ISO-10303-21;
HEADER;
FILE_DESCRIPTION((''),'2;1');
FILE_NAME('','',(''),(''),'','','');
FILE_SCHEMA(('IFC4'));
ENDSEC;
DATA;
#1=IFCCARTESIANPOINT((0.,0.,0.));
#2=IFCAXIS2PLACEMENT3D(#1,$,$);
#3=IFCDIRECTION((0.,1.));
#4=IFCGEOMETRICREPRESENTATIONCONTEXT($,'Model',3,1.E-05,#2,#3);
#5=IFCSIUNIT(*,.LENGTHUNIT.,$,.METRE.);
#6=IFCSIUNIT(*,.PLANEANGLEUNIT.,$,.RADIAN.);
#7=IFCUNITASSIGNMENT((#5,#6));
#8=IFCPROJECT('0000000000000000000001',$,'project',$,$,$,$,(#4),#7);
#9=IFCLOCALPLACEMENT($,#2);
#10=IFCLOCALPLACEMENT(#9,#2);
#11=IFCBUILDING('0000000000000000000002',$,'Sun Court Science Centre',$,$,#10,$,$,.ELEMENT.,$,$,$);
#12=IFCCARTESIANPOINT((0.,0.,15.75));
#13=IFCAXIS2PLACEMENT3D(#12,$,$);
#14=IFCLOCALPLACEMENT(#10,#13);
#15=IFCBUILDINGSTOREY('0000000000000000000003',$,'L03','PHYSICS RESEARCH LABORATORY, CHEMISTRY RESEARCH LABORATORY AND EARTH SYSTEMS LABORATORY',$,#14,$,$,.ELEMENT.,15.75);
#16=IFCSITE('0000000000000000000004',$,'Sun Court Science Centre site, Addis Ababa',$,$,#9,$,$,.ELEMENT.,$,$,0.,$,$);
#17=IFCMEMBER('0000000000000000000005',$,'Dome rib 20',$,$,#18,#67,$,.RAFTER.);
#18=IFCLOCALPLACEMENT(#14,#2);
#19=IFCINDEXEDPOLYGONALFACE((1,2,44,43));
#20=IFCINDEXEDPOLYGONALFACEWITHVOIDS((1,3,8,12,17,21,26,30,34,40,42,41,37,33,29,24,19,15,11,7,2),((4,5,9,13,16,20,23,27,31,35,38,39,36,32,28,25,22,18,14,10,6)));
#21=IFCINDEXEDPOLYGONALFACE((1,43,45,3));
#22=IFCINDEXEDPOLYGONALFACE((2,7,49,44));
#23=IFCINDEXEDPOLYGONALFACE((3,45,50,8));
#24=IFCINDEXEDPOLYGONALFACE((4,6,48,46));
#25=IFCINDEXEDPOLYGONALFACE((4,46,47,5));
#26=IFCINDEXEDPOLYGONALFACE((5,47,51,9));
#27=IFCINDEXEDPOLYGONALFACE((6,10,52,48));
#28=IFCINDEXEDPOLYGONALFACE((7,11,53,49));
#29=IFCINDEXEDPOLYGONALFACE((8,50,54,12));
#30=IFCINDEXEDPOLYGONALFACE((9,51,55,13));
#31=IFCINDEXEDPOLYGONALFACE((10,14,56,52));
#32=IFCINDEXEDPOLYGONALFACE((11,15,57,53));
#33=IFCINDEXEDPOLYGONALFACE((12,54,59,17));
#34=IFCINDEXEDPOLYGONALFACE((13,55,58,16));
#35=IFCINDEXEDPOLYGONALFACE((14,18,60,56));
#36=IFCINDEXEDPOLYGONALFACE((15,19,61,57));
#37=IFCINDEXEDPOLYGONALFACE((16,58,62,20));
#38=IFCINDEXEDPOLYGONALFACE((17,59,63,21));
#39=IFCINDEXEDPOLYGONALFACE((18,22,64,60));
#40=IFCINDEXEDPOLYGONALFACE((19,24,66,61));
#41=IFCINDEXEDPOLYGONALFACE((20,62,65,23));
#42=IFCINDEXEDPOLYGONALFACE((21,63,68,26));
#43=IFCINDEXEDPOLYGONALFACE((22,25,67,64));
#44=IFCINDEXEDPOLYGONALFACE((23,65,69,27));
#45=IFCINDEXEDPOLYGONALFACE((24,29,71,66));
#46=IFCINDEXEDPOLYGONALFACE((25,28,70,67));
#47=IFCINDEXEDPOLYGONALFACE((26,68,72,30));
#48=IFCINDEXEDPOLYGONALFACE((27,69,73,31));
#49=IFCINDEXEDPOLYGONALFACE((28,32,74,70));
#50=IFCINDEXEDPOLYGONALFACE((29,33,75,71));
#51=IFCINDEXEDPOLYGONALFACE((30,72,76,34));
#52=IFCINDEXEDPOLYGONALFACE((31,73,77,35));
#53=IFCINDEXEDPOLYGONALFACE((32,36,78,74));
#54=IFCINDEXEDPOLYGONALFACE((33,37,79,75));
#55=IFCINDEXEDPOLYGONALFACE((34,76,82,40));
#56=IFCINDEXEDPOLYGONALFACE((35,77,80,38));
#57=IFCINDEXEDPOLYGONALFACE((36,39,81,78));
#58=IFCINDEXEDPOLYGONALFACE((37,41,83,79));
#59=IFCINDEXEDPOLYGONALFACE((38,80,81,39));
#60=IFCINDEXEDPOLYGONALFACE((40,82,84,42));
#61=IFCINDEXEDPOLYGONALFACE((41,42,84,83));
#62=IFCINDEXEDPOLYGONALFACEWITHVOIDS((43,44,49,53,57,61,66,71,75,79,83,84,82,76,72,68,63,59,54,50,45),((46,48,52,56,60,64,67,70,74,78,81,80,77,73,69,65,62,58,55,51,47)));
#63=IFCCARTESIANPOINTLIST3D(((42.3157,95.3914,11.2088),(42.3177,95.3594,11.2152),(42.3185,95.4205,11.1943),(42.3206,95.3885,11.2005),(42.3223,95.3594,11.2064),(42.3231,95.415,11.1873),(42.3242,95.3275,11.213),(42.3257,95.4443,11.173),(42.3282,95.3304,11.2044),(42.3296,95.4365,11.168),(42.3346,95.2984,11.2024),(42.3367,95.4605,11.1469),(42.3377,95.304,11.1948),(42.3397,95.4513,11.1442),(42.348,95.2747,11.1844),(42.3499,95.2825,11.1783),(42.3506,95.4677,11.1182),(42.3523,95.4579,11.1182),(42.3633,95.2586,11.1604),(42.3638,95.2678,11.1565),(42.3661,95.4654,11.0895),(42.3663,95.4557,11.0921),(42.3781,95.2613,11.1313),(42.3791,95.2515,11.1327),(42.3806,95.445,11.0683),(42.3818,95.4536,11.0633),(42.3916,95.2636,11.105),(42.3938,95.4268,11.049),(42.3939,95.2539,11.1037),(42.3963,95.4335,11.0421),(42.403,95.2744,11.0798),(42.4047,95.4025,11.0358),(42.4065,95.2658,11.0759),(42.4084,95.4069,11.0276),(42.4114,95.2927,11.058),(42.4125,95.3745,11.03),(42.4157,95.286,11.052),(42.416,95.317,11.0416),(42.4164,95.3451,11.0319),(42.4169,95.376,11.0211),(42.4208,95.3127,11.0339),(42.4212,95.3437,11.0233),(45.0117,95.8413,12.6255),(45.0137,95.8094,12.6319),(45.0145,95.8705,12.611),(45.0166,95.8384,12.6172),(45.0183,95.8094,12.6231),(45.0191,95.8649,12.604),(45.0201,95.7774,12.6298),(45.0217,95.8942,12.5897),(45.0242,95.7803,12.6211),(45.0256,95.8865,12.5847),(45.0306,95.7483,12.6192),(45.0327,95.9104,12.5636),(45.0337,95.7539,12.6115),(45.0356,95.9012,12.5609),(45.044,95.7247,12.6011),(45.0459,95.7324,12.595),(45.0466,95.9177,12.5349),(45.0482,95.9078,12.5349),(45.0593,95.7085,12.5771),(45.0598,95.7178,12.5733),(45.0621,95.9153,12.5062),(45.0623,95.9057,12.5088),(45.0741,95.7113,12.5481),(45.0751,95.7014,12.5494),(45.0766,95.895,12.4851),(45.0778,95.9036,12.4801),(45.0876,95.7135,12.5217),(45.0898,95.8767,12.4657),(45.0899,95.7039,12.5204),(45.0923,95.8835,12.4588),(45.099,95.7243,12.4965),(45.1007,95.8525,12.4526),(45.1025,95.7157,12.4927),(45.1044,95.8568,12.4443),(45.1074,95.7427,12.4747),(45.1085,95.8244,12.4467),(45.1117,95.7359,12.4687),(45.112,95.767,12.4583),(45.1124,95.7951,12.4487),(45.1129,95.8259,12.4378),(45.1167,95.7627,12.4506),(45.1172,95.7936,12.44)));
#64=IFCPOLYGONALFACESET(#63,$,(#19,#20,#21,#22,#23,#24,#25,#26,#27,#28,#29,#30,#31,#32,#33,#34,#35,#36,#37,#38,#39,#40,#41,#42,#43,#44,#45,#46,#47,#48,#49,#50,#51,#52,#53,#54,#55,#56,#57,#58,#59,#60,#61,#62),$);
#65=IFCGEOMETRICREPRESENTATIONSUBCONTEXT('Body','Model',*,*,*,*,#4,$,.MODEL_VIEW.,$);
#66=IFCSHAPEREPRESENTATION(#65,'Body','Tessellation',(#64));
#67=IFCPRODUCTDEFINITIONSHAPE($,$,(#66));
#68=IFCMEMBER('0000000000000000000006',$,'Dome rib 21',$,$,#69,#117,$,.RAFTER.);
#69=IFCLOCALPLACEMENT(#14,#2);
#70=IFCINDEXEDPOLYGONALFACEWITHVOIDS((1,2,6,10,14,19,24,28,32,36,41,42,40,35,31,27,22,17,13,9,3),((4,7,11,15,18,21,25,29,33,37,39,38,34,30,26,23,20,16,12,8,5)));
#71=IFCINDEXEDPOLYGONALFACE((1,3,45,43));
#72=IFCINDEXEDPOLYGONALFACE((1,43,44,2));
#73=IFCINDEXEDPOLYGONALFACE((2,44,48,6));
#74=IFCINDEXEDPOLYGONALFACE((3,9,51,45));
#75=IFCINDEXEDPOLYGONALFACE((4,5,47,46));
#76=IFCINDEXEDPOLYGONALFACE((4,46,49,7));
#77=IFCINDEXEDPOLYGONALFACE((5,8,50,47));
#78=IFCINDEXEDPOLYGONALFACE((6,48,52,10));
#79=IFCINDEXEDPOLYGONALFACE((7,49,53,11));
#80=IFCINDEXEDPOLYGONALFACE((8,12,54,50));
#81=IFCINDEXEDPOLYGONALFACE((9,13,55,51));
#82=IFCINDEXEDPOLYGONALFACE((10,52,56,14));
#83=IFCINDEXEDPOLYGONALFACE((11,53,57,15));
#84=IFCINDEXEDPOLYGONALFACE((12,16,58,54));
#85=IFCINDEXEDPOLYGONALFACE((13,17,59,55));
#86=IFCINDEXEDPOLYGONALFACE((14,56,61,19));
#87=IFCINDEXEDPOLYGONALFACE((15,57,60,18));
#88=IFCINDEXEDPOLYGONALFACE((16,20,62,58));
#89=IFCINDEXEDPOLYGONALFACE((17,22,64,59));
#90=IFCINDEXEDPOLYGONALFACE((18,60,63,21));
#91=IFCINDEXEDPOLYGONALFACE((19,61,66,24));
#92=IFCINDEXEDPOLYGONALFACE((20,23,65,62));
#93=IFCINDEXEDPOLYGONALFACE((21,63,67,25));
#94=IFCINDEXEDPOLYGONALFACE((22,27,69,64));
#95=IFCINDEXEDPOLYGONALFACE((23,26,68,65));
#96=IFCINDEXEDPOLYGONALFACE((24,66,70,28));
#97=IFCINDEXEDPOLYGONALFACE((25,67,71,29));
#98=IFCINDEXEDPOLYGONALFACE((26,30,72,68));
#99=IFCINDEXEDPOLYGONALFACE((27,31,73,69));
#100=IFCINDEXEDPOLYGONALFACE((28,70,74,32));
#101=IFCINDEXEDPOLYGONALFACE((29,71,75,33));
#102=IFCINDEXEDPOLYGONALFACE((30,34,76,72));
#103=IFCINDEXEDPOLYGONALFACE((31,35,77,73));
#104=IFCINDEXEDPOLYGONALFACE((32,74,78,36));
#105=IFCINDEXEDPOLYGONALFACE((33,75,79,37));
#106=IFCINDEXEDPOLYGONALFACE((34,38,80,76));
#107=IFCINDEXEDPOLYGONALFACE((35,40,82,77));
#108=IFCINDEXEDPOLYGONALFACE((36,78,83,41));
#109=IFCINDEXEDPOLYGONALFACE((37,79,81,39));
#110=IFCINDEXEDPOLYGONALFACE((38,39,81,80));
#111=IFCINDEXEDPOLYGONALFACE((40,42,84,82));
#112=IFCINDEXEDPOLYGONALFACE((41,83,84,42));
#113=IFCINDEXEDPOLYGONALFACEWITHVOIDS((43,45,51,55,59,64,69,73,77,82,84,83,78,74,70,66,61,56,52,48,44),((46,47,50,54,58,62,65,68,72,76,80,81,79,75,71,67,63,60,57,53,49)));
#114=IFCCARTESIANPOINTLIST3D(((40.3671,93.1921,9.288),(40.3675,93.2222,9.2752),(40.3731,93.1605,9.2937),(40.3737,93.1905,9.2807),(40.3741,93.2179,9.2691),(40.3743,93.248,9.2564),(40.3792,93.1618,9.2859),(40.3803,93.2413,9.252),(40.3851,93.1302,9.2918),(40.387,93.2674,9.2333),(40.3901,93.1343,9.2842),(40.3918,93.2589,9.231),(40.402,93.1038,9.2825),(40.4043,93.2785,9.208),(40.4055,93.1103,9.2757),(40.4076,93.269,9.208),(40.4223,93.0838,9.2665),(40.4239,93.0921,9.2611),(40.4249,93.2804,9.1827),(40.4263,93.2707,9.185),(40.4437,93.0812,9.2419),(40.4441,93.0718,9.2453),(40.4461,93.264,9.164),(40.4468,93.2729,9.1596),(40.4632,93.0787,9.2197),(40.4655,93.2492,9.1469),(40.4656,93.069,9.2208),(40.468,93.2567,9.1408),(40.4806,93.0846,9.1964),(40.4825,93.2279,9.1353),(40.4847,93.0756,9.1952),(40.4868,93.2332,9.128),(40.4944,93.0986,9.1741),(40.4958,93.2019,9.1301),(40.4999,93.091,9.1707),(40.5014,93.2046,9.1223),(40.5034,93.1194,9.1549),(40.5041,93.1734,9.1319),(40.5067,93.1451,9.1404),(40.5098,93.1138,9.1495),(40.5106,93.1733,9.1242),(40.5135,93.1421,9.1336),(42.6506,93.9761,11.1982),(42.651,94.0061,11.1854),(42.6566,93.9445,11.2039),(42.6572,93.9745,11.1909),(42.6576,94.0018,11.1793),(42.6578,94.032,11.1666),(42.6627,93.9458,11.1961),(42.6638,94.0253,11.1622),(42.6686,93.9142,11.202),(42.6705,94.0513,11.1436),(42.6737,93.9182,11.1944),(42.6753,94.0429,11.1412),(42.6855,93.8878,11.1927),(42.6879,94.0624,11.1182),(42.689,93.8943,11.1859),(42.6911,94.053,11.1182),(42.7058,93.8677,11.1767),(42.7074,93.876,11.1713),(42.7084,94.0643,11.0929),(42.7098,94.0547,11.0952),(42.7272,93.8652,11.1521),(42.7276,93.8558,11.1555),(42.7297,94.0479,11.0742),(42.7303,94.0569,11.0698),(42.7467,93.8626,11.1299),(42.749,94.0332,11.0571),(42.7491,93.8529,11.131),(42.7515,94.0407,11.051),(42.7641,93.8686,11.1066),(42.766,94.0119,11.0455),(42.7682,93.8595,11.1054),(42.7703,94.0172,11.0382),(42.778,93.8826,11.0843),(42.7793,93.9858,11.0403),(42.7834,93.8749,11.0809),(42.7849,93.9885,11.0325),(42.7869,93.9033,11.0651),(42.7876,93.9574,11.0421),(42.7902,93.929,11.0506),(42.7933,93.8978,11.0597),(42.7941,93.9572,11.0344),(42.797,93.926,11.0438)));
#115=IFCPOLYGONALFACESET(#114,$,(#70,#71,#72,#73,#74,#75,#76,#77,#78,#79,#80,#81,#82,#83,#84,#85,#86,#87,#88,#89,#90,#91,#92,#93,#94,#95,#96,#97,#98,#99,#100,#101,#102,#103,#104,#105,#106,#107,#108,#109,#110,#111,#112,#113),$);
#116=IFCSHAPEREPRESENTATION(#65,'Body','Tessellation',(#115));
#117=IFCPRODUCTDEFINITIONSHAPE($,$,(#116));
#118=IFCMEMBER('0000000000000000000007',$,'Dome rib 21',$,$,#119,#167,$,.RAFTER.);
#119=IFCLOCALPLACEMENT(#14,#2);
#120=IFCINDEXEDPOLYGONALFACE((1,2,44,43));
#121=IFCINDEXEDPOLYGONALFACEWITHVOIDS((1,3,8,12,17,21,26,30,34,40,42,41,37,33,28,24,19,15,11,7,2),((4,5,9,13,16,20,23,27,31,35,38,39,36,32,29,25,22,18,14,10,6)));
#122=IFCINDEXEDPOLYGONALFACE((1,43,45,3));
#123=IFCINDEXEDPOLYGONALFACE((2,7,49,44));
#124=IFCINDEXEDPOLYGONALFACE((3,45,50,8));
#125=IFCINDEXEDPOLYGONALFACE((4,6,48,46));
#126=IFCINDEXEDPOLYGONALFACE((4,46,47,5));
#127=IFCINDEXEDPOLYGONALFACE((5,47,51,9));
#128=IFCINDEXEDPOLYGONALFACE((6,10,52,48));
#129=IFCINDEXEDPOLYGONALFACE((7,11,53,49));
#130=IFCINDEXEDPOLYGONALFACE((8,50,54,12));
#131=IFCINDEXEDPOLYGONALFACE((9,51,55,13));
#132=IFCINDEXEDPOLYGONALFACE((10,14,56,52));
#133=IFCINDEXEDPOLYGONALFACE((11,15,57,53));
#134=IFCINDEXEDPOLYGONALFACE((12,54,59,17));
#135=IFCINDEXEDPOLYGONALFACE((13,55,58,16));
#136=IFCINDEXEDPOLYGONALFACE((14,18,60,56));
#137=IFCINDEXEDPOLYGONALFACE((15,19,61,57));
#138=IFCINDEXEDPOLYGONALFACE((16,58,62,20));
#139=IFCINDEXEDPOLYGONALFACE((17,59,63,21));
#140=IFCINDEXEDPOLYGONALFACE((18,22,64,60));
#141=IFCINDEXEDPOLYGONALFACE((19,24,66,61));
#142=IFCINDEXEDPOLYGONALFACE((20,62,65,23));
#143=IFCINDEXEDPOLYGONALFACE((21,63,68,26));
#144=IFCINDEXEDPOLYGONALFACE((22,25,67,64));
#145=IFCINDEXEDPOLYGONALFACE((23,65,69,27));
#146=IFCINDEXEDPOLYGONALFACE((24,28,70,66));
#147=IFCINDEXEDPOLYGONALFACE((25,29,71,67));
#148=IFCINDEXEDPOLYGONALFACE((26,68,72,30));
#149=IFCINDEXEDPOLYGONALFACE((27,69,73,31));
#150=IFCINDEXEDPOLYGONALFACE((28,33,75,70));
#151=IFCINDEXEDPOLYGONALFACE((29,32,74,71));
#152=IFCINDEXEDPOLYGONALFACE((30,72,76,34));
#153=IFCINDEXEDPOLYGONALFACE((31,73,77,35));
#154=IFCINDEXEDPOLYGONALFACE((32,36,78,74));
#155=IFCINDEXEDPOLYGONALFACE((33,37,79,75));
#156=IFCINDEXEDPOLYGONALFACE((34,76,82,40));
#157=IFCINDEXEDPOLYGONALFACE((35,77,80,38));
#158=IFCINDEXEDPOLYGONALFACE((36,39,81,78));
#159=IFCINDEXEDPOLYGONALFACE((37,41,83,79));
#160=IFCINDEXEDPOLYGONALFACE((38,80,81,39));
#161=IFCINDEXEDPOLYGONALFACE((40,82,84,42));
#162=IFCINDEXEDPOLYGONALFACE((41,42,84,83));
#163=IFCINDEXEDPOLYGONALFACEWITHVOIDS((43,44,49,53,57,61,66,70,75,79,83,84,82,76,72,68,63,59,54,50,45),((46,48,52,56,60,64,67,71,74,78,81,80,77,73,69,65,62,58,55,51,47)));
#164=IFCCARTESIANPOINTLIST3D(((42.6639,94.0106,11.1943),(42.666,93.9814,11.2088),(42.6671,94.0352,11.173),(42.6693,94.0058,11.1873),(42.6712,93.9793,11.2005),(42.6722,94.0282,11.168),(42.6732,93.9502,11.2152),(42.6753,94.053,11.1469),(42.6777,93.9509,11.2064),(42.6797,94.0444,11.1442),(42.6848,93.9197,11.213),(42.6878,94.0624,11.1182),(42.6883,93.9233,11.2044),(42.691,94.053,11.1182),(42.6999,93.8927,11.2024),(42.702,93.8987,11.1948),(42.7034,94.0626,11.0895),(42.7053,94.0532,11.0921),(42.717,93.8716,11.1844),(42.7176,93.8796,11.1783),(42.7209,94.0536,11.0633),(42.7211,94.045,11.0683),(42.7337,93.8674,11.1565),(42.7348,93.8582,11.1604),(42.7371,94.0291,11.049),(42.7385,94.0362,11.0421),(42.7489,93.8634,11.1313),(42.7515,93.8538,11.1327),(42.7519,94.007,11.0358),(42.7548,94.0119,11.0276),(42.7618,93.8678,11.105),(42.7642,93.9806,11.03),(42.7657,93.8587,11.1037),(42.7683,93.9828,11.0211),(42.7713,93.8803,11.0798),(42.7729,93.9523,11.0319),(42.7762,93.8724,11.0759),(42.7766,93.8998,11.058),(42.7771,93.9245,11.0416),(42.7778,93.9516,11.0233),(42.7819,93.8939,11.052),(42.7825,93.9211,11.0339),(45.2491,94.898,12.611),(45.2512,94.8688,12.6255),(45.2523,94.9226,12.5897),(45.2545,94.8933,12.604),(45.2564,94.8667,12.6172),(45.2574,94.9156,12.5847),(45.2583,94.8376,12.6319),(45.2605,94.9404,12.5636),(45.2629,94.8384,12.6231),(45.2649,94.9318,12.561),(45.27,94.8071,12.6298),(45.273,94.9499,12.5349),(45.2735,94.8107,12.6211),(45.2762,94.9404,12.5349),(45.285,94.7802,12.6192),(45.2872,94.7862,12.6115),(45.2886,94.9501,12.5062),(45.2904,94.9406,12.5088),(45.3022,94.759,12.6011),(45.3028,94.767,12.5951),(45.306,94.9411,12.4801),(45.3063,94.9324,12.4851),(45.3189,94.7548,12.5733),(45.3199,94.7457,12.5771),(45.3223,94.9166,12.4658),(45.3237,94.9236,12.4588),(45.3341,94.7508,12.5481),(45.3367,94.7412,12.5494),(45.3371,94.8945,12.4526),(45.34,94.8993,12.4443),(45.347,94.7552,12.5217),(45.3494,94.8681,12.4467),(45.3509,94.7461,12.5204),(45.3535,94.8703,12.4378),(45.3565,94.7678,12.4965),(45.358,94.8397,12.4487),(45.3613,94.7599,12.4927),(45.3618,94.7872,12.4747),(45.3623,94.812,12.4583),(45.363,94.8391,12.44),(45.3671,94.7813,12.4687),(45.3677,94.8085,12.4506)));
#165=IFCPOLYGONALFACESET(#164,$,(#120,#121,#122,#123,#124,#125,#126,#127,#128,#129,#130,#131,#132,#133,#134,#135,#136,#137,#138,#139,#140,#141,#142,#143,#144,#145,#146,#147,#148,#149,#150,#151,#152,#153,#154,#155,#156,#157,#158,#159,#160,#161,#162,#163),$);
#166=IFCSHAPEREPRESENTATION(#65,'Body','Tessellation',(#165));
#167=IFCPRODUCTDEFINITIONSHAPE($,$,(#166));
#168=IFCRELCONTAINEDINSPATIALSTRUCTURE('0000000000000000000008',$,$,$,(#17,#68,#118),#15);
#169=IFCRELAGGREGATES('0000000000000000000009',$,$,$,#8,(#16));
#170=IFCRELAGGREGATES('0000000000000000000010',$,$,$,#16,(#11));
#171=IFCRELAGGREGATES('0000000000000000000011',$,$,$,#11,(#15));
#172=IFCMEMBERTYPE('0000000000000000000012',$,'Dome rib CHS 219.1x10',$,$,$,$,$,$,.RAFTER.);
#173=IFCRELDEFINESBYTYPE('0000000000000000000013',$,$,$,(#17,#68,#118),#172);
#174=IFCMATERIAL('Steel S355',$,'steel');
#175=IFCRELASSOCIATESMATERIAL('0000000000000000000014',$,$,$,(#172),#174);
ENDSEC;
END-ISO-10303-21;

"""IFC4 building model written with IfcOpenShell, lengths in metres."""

from ifc_helpers import new_model, si_unit, direction, frame, origin, origin_2d, place, context, subcontext, project, spatial, hollow_circle, extrude, material, material_profile, profile_set, type_object, element, save


model = new_model("IFC4")

# Units and contexts
model_context = context("Model", 3, precision=1e-05, world=origin(), true_north=direction((0.0, 1.0)))
body_context = subcontext(model_context, "Body", "Model", "MODEL_VIEW")
ifc_project = project(units=[si_unit("LENGTHUNIT", "METRE"), si_unit("PLANEANGLEUNIT", "RADIAN")], contexts=[model_context])

# Site, building, storey
site_placement = place(None, origin())
site = spatial("IfcSite", under=ifc_project, at=site_placement, Name="Sun Court Science Centre site, Addis Ababa", CompositionType="ELEMENT", RefElevation=0.0)
building_placement = place(site_placement, origin())
building = spatial("IfcBuilding", under=site, at=building_placement, Name="Sun Court Science Centre", CompositionType="ELEMENT")
storey_placement = place(building_placement, frame((0.0, 0.0, 15.75)))
storey = spatial("IfcBuildingStorey", under=building, at=storey_placement, Name="L03", Description="PHYSICS RESEARCH LABORATORY, CHEMISTRY RESEARCH LABORATORY AND EARTH SYSTEMS LABORATORY", CompositionType="ELEMENT", Elevation=15.75)

# Members
ifc_material_1 = material(Name="Steel S355", Category="steel")
ifc_material_profile_1 = material_profile(ifc_material_1, hollow_circle(Radius=0.1096, WallThickness=0.01, at=origin_2d()), Name="CHS 219.1x10")
ifc_profile_set_1 = profile_set([ifc_material_profile_1], Name="Steel S355")
member_type_1 = type_object("IfcMemberType", Name="Dome rib CHS 219.1x10", PredefinedType="RAFTER", material=ifc_profile_set_1)
for number, where, z_axis, x_axis, name in (
    (1, (42.3687, 95.3596, 11.1182), (0.875714, 0.146151, 0.46018), (-0.164616, 0.986358, 0.0), "Dome rib 20"),
    (2, (40.4399, 93.1748, 9.208), (0.741732, 0.254646, 0.620476), (-0.32471, 0.945814, 0.0), "Dome rib 21"),
    (3, (42.7234, 93.9587, 11.1182), (0.839723, 0.288261, 0.460186), (-0.324683, 0.945823, 0.0), "Dome rib 21"),
):
    element("IfcMember", number, at=place(storey_placement, frame(where, z_axis=z_axis, x_axis=x_axis)), inside=storey, type_object=member_type_1, Name=name, PredefinedType="RAFTER", context=body_context, shape_type="SweptSolid", body=[
        extrude(hollow_circle(Radius=0.1096, WallThickness=0.01, at=origin_2d()), origin(), (0.0, 0.0, 1.0), 3.0786),
    ])

save(model, "model.ifc")
